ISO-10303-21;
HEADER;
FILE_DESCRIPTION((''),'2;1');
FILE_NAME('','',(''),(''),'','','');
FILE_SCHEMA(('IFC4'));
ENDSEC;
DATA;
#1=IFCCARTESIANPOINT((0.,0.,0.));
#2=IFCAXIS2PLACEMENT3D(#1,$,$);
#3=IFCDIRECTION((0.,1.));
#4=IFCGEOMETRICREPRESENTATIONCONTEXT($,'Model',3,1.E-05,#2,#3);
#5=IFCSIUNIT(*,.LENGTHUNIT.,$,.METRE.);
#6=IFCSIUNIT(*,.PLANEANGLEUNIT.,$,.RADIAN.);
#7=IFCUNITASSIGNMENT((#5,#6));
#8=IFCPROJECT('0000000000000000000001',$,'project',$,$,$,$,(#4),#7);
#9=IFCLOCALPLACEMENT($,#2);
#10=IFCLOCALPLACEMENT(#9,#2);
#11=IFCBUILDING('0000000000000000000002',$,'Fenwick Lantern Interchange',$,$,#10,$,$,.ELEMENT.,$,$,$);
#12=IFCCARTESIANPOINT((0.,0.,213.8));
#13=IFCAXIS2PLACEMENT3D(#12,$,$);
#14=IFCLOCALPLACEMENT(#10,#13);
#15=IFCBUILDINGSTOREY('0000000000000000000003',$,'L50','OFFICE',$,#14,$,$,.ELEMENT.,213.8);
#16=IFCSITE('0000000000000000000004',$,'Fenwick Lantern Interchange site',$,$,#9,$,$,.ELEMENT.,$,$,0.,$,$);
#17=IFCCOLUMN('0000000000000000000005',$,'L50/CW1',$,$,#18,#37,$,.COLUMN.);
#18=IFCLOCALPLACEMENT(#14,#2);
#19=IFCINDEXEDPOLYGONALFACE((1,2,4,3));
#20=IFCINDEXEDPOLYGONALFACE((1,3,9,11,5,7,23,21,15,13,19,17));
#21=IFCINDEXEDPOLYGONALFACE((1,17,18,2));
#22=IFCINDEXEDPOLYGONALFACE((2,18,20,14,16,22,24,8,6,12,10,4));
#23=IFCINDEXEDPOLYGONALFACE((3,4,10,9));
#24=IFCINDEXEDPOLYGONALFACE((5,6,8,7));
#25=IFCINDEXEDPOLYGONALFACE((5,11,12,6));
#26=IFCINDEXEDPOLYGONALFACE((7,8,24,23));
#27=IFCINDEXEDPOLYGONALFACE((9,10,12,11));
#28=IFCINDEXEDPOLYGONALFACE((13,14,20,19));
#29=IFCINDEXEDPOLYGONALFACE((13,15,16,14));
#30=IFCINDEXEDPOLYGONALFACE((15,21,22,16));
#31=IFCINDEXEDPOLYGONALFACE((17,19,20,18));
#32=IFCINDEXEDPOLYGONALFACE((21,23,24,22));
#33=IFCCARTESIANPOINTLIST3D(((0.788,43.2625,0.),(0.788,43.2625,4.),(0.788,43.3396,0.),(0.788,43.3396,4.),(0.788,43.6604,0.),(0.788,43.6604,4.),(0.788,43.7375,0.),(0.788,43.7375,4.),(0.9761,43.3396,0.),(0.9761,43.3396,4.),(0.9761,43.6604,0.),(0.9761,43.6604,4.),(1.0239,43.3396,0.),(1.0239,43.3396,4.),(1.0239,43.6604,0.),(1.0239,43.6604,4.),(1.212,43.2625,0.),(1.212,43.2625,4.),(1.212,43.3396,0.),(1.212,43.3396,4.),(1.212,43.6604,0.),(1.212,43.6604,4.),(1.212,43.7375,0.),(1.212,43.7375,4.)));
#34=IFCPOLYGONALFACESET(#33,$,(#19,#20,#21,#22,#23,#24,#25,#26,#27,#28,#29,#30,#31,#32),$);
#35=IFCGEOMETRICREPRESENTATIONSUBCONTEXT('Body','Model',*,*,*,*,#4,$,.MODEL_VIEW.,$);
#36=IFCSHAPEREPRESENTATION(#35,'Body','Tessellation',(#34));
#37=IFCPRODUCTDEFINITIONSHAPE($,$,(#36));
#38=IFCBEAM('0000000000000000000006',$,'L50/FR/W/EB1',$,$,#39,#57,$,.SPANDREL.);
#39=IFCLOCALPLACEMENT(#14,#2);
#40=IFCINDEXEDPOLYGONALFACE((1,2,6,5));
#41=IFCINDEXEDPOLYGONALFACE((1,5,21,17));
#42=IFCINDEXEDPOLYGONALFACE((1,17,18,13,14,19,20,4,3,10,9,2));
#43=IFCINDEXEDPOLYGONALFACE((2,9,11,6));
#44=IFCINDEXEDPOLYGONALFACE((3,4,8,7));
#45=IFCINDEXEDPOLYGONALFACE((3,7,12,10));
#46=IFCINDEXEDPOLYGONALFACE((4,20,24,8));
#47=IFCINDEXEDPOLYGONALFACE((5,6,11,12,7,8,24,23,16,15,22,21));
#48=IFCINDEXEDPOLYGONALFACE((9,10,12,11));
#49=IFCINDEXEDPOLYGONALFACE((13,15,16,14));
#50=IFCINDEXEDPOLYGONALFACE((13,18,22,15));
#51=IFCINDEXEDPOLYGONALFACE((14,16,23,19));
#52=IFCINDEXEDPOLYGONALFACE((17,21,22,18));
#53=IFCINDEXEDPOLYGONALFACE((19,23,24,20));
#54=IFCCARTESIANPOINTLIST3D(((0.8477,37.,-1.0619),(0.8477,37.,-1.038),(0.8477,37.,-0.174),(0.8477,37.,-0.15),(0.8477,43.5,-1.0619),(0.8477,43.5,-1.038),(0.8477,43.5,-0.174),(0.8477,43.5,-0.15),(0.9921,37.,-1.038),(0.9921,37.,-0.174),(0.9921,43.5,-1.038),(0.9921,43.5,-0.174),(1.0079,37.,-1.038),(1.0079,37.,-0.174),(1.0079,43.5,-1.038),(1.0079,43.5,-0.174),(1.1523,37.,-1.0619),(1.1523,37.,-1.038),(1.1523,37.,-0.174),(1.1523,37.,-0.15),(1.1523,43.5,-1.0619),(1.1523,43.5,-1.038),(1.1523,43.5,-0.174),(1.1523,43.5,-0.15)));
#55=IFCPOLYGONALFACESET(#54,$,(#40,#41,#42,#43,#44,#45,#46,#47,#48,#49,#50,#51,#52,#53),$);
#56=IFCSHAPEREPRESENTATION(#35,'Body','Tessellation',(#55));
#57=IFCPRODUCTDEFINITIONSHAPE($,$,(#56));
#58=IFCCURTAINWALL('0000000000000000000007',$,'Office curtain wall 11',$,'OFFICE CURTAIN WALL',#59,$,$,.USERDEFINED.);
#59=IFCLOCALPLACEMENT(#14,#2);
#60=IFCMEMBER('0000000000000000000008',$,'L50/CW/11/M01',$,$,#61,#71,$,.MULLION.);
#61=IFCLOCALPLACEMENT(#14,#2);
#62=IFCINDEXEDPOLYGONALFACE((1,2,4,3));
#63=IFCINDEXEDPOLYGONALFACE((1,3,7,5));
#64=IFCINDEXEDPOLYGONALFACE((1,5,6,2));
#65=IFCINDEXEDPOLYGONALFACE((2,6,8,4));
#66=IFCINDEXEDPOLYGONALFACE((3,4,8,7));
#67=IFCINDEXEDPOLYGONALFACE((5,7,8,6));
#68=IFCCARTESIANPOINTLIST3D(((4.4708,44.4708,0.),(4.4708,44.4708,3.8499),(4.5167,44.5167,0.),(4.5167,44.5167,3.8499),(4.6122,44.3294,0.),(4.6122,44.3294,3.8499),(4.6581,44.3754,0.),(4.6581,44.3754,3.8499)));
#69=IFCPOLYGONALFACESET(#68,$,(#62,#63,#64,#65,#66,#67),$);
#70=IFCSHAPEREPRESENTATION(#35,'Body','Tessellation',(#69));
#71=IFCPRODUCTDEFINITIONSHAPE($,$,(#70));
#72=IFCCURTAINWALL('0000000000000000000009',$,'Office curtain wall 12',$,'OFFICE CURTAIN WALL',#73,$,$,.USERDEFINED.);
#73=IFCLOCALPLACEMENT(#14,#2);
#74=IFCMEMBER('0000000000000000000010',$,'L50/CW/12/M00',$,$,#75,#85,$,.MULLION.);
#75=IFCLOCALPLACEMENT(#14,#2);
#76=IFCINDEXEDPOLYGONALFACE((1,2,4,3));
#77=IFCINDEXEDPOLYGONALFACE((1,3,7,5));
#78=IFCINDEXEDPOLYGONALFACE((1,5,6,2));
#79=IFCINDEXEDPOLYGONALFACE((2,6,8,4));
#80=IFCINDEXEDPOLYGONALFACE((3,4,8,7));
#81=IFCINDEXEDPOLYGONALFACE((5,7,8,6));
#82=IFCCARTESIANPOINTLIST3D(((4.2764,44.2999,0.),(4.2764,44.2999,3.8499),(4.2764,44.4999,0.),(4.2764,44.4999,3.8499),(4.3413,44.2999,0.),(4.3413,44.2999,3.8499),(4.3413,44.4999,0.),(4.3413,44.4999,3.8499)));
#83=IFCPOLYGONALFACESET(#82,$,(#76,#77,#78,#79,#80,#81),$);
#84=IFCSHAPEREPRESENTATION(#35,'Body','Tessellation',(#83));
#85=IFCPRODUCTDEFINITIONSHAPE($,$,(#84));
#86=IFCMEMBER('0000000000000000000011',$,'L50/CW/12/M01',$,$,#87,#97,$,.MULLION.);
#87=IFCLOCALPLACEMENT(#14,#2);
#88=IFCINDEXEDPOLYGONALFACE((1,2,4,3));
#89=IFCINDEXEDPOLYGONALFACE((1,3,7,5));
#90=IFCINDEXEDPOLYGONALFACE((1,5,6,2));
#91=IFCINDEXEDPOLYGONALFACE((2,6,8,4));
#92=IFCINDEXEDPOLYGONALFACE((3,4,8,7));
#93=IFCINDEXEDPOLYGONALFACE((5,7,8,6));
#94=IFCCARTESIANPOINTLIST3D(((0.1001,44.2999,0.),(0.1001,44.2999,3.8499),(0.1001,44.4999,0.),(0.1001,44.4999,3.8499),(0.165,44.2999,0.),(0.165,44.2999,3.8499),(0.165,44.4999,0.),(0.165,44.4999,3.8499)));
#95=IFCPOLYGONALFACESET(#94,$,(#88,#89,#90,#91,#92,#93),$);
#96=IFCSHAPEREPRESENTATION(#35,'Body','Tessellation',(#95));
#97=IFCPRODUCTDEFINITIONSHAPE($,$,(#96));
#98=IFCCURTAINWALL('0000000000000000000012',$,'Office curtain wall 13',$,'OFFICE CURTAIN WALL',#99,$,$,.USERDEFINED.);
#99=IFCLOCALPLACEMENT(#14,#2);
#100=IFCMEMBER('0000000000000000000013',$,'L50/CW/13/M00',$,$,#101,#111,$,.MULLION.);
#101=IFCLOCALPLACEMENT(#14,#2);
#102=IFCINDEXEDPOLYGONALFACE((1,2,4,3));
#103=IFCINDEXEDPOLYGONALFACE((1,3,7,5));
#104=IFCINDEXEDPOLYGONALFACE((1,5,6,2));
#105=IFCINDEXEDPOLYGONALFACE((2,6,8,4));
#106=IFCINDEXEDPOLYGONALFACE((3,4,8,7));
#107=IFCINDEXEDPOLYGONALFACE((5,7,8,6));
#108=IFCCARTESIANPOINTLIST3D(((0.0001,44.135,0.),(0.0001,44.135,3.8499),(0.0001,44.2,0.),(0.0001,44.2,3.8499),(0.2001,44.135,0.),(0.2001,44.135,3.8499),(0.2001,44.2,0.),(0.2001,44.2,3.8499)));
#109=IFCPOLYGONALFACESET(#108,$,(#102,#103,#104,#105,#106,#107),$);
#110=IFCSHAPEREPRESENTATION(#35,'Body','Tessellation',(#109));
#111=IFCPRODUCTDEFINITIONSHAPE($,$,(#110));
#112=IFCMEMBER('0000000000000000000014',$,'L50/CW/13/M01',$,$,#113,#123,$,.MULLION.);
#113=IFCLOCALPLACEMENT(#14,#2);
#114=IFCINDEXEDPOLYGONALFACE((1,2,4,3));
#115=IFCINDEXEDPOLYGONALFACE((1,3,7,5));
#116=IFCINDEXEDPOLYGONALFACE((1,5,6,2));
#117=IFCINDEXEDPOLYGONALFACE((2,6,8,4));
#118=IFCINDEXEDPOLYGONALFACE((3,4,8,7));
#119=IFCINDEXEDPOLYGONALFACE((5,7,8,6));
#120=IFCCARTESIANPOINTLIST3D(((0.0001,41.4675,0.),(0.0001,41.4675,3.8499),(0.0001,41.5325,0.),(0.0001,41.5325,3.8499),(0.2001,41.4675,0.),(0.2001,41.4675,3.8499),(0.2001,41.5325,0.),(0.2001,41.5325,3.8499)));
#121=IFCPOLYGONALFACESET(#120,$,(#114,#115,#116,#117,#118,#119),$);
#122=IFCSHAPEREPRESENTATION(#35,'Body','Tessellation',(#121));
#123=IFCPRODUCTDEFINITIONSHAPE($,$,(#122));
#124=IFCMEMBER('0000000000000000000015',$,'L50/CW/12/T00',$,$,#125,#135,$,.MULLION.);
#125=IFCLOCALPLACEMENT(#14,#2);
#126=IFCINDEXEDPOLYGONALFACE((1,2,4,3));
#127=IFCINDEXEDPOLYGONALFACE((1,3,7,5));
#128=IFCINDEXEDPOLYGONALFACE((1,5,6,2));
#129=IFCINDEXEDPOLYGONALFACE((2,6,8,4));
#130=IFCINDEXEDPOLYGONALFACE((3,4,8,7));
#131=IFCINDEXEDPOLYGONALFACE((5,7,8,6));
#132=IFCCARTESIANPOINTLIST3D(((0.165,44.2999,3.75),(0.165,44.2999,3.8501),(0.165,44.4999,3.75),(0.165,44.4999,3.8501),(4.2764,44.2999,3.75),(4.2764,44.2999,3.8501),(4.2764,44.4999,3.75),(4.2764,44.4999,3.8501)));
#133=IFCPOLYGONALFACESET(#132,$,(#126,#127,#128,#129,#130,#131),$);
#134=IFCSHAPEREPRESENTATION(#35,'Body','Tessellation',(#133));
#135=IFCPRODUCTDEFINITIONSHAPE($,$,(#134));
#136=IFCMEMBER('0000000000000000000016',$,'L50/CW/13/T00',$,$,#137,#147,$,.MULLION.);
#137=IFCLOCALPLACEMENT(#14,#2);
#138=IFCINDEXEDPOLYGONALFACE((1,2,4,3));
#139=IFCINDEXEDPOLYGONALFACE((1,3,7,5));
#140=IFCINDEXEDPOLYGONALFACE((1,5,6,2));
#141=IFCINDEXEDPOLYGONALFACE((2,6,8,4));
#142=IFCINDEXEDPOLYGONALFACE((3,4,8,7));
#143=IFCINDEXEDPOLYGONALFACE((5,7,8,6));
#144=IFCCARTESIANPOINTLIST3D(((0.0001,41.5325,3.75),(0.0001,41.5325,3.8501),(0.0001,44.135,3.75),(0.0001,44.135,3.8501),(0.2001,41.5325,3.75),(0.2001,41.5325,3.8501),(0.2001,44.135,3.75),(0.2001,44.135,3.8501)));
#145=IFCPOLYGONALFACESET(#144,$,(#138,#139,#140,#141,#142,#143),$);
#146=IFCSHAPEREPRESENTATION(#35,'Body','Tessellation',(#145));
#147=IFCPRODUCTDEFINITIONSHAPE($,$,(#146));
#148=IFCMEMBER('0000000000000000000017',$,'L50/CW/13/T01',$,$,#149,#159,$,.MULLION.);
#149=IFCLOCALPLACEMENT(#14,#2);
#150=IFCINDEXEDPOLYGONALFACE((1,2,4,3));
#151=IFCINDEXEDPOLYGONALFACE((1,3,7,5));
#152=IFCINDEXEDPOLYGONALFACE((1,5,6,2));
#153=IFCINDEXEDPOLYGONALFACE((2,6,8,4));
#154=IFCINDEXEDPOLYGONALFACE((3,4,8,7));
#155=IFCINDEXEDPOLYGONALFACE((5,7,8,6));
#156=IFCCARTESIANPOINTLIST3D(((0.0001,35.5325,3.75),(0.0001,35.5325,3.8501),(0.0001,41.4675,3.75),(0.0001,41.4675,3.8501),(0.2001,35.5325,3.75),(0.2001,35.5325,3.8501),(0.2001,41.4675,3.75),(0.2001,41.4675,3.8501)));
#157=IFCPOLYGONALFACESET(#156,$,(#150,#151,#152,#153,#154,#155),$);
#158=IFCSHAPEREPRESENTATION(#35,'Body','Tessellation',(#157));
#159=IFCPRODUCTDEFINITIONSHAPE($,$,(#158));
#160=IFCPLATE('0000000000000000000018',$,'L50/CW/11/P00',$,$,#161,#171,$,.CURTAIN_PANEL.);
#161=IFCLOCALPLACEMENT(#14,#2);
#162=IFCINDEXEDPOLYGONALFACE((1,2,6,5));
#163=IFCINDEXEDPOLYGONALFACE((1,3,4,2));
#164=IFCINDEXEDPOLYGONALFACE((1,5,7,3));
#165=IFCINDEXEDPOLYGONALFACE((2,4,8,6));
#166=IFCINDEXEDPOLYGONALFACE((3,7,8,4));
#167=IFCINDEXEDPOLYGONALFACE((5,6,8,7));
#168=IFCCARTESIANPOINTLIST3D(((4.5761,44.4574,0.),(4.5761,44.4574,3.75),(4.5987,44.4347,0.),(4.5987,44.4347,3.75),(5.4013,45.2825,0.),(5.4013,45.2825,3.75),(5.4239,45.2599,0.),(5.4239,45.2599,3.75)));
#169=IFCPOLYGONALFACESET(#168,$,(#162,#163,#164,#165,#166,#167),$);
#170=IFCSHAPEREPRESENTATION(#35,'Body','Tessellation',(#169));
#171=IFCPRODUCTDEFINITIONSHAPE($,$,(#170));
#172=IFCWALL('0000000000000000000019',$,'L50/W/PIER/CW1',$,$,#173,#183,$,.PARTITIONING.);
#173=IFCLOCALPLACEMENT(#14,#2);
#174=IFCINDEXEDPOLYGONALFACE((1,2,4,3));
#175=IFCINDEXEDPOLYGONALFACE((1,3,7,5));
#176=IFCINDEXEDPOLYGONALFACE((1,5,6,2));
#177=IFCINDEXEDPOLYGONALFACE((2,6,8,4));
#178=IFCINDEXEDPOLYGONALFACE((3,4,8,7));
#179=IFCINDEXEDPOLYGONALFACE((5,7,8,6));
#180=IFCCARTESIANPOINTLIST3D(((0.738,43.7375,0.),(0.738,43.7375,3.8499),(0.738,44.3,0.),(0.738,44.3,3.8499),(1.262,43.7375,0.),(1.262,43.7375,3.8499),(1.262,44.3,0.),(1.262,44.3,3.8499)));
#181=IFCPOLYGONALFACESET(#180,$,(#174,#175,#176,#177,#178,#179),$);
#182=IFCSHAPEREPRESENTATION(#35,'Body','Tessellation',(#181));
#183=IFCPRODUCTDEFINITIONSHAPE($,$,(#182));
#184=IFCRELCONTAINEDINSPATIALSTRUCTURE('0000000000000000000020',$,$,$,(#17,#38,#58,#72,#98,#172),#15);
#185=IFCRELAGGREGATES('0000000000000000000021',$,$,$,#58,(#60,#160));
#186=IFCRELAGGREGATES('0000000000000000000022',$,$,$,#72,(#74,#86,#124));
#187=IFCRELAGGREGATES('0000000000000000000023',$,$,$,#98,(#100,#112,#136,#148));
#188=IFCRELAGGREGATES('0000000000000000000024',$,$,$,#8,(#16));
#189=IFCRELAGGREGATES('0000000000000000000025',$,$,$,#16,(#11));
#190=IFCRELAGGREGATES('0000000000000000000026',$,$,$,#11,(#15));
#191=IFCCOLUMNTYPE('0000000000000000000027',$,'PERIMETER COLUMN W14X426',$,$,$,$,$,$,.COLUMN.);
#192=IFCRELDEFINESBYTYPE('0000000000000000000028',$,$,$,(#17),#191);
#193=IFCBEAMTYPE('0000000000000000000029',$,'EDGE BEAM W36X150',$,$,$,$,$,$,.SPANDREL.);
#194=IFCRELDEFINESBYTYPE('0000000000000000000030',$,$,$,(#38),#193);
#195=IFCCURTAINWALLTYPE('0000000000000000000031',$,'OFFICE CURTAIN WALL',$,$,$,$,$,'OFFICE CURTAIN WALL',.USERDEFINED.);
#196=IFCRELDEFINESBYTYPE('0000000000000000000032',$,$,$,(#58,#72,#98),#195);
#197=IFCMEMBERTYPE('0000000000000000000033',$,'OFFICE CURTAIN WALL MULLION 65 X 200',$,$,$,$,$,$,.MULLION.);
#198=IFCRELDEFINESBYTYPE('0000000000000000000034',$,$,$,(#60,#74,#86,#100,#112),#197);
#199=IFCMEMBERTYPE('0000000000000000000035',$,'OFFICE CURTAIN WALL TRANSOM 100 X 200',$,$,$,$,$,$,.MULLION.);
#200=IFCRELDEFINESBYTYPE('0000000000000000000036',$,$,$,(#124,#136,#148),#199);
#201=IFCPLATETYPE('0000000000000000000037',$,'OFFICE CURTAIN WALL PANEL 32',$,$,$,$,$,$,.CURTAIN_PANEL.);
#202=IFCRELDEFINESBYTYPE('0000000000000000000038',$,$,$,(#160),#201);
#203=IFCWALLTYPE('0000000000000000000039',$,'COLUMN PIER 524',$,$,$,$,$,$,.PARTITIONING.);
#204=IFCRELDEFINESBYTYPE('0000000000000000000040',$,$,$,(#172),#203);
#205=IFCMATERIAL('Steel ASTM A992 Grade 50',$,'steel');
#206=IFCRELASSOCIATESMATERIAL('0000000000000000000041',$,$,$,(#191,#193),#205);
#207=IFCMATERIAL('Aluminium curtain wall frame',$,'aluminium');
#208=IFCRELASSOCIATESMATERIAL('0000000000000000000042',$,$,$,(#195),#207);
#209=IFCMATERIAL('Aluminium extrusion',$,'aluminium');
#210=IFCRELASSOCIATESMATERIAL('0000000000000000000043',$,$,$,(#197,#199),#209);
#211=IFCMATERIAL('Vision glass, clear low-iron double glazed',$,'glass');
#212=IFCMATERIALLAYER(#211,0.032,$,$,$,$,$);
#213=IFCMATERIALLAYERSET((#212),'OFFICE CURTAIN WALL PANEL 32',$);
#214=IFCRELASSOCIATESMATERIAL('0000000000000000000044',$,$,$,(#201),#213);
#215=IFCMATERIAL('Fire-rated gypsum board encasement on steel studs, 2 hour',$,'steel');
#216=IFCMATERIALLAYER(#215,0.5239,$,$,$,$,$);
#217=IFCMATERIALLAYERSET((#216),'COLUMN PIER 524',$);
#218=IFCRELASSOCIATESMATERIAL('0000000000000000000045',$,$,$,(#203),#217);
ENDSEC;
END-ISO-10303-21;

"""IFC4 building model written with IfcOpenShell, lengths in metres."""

from ifc_helpers import new_model, si_unit, direction, frame, frame_2d, origin, origin_2d, place, context, subcontext, project, spatial, rectangle, i_section, extrude, material, layer, layer_set, material_profile, profile_set, type_object, element, aggregate, save


model = new_model("IFC4")

# Units and contexts
model_context = context("Model", 3, precision=1e-05, world=origin(), true_north=direction((0.0, 1.0)))
body_context = subcontext(model_context, "Body", "Model", "MODEL_VIEW")
ifc_project = project(units=[si_unit("LENGTHUNIT", "METRE"), si_unit("PLANEANGLEUNIT", "RADIAN")], contexts=[model_context])

# Site, building, storey
site_placement = place(None, origin())
site = spatial("IfcSite", under=ifc_project, at=site_placement, Name="Fenwick Lantern Interchange site", CompositionType="ELEMENT", RefElevation=0.0)
building_placement = place(site_placement, origin())
building = spatial("IfcBuilding", under=site, at=building_placement, Name="Fenwick Lantern Interchange", CompositionType="ELEMENT")
storey_placement = place(building_placement, frame((0.0, 0.0, 213.8)))
storey = spatial("IfcBuildingStorey", under=building, at=storey_placement, Name="L50", Description="OFFICE", CompositionType="ELEMENT", Elevation=213.8)

# Column
ifc_material_1 = material(Name="Steel ASTM A992 Grade 50", Category="steel")
ifc_material_profile_1 = material_profile(ifc_material_1, i_section(OverallWidth=0.4241, OverallDepth=0.4751, WebThickness=0.0479, FlangeThickness=0.0771, at=origin_2d()), Name="W14X426")
ifc_profile_set_1 = profile_set([ifc_material_profile_1], Name="Steel ASTM A992 Grade 50")
column_type = type_object("IfcColumnType", Name="PERIMETER COLUMN W14X426", PredefinedType="COLUMN", material=ifc_profile_set_1)
column_placement = place(storey_placement, frame((1.0, 43.5, 0.0), z_axis=(0.0, 0.0, 1.0), x_axis=(1.0, 0.0, 0.0)))
element("IfcColumn", 1, at=column_placement, inside=storey, type_object=column_type, Name="L50/CW1", PredefinedType="COLUMN", context=body_context, shape_type="SweptSolid", body=[
    extrude(i_section(OverallWidth=0.4241, OverallDepth=0.4751, WebThickness=0.0479, FlangeThickness=0.0771, at=origin_2d()), origin(), (0.0, 0.0, 1.0), 4.0),
])

# Beam
ifc_material_profile_2 = material_profile(ifc_material_1, i_section(OverallWidth=0.3047, OverallDepth=0.9119, WebThickness=0.0159, FlangeThickness=0.0239, at=origin_2d()), Name="W36X150")
ifc_profile_set_2 = profile_set([ifc_material_profile_2], Name="Steel ASTM A992 Grade 50")
beam_type = type_object("IfcBeamType", Name="EDGE BEAM W36X150", PredefinedType="SPANDREL", material=ifc_profile_set_2)
beam_placement = place(storey_placement, frame((1.0, 43.5, -0.606), z_axis=(0.0, -1.0, 0.0), x_axis=(1.0, 0.0, 0.0)))
element("IfcBeam", 2, at=beam_placement, inside=storey, type_object=beam_type, Name="L50/FR/W/EB1", PredefinedType="SPANDREL", context=body_context, shape_type="SweptSolid", body=[
    extrude(i_section(OverallWidth=0.3047, OverallDepth=0.9119, WebThickness=0.0159, FlangeThickness=0.0239, at=origin_2d()), origin(), (0.0, 0.0, 1.0), 6.5),
])

# Curtain wall, member
ifc_material_2 = material(Name="Aluminium curtain wall frame", Category="aluminium")
curtain_wall_type = type_object("IfcCurtainWallType", Name="OFFICE CURTAIN WALL", ElementType="OFFICE CURTAIN WALL", PredefinedType="USERDEFINED", material=ifc_material_2)
curtain_wall_1_placement = place(storey_placement, origin())
curtain_wall_1 = element("IfcCurtainWall", 3, at=curtain_wall_1_placement, inside=storey, type_object=curtain_wall_type, Name="Office curtain wall 11", ObjectType="OFFICE CURTAIN WALL", PredefinedType="USERDEFINED")
ifc_material_3 = material(Name="Aluminium extrusion", Category="aluminium")
ifc_material_profile_3 = material_profile(ifc_material_3, rectangle(XDim=0.2, YDim=0.0649, at=origin_2d()), Name="OFFICE CURTAIN WALL MULLION 65 X 200")
ifc_profile_set_3 = profile_set([ifc_material_profile_3], Name="Aluminium extrusion")
member_type_1 = type_object("IfcMemberType", Name="OFFICE CURTAIN WALL MULLION 65 X 200", PredefinedType="MULLION", material=ifc_profile_set_3)
member_1_placement = place(storey_placement, frame((4.5645, 44.4231, 0.0), z_axis=(0.0, 0.0, 1.0), x_axis=(0.707107, -0.707107, 0.0)))
member_1 = element("IfcMember", 4, at=member_1_placement, type_object=member_type_1, Name="L50/CW/11/M01", PredefinedType="MULLION", context=body_context, shape_type="SweptSolid", body=[
    extrude(rectangle(XDim=0.2, YDim=0.0649, at=origin_2d()), origin(), (0.0, 0.0, 1.0), 3.8499),
])

# Curtain walls, members
curtain_wall_2_placement = place(storey_placement, origin())
curtain_wall_2 = element("IfcCurtainWall", 5, at=curtain_wall_2_placement, inside=storey, type_object=curtain_wall_type, Name="Office curtain wall 12", ObjectType="OFFICE CURTAIN WALL", PredefinedType="USERDEFINED")
member_2_placement = place(storey_placement, frame((4.3088, 44.3999, 0.0), z_axis=(0.0, 0.0, 1.0), x_axis=(0.0, -1.0, 0.0)))
member_2 = element("IfcMember", 6, at=member_2_placement, type_object=member_type_1, Name="L50/CW/12/M00", PredefinedType="MULLION", context=body_context, shape_type="SweptSolid", body=[
    extrude(rectangle(XDim=0.2, YDim=0.0649, at=origin_2d()), origin(), (0.0, 0.0, 1.0), 3.8499),
])
member_3_placement = place(storey_placement, frame((0.1326, 44.3999, 0.0), z_axis=(0.0, 0.0, 1.0), x_axis=(0.0, -1.0, 0.0)))
member_3 = element("IfcMember", 7, at=member_3_placement, type_object=member_type_1, Name="L50/CW/12/M01", PredefinedType="MULLION", context=body_context, shape_type="SweptSolid", body=[
    extrude(rectangle(XDim=0.2, YDim=0.0649, at=origin_2d()), origin(), (0.0, 0.0, 1.0), 3.8499),
])
curtain_wall_3_placement = place(storey_placement, origin())
curtain_wall_3 = element("IfcCurtainWall", 8, at=curtain_wall_3_placement, inside=storey, type_object=curtain_wall_type, Name="Office curtain wall 13", ObjectType="OFFICE CURTAIN WALL", PredefinedType="USERDEFINED")
member_4_placement = place(storey_placement, frame((0.1001, 44.1675, 0.0), z_axis=(0.0, 0.0, 1.0), x_axis=(1.0, 0.0, 0.0)))
member_4 = element("IfcMember", 9, at=member_4_placement, type_object=member_type_1, Name="L50/CW/13/M00", PredefinedType="MULLION", context=body_context, shape_type="SweptSolid", body=[
    extrude(rectangle(XDim=0.2, YDim=0.0649, at=origin_2d()), origin(), (0.0, 0.0, 1.0), 3.8499),
])
member_5_placement = place(storey_placement, frame((0.1001, 41.5, 0.0), z_axis=(0.0, 0.0, 1.0), x_axis=(1.0, 0.0, 0.0)))
member_5 = element("IfcMember", 10, at=member_5_placement, type_object=member_type_1, Name="L50/CW/13/M01", PredefinedType="MULLION", context=body_context, shape_type="SweptSolid", body=[
    extrude(rectangle(XDim=0.2, YDim=0.0649, at=origin_2d()), origin(), (0.0, 0.0, 1.0), 3.8499),
])

# Members
ifc_material_profile_4 = material_profile(ifc_material_3, rectangle(XDim=0.2, YDim=0.1001, at=origin_2d()), Name="OFFICE CURTAIN WALL TRANSOM 100 X 200")
ifc_profile_set_4 = profile_set([ifc_material_profile_4], Name="Aluminium extrusion")
member_type_2 = type_object("IfcMemberType", Name="OFFICE CURTAIN WALL TRANSOM 100 X 200", PredefinedType="MULLION", material=ifc_profile_set_4)
member_6_placement = place(storey_placement, frame((4.2764, 44.3999, 3.8), z_axis=(-1.0, 0.0, 0.0), x_axis=(0.0, -1.0, 0.0)))
member_6 = element("IfcMember", 11, at=member_6_placement, type_object=member_type_2, Name="L50/CW/12/T00", PredefinedType="MULLION", context=body_context, shape_type="SweptSolid", body=[
    extrude(rectangle(XDim=0.2, YDim=0.1001, at=origin_2d()), origin(), (0.0, 0.0, 1.0), 4.1113),
])
member_7_placement = place(storey_placement, frame((0.1001, 44.135, 3.8), z_axis=(0.0, -1.0, 0.0), x_axis=(1.0, 0.0, 0.0)))
member_7 = element("IfcMember", 12, at=member_7_placement, type_object=member_type_2, Name="L50/CW/13/T00", PredefinedType="MULLION", context=body_context, shape_type="SweptSolid", body=[
    extrude(rectangle(XDim=0.2, YDim=0.1001, at=origin_2d()), origin(), (0.0, 0.0, 1.0), 2.6025),
])
member_8_placement = place(storey_placement, frame((0.1001, 41.4675, 3.8), z_axis=(0.0, -1.0, 0.0), x_axis=(1.0, 0.0, 0.0)))
member_8 = element("IfcMember", 13, at=member_8_placement, type_object=member_type_2, Name="L50/CW/13/T01", PredefinedType="MULLION", context=body_context, shape_type="SweptSolid", body=[
    extrude(rectangle(XDim=0.2, YDim=0.1001, at=origin_2d()), origin(), (0.0, 0.0, 1.0), 5.9351),
])

# Plate
ifc_material_4 = material(Name="Vision glass, clear low-iron double glazed", Category="glass")
ifc_layer_1 = layer(ifc_material_4, 0.032)
ifc_layer_set_1 = layer_set([ifc_layer_1], Name="OFFICE CURTAIN WALL PANEL 32")
plate_type = type_object("IfcPlateType", Name="OFFICE CURTAIN WALL PANEL 32", PredefinedType="CURTAIN_PANEL", material=ifc_layer_set_1)
plate_1_placement = place(storey_placement, frame((5.0, 44.8586, 0.0), z_axis=(0.0, 0.0, 1.0), x_axis=(-0.707107, -0.707107, 0.0)))
plate_1 = element("IfcPlate", 14, at=plate_1_placement, type_object=plate_type, Name="L50/CW/11/P00", PredefinedType="CURTAIN_PANEL", context=body_context, shape_type="SweptSolid", body=[
    extrude(rectangle(XDim=1.167, YDim=0.032, at=origin_2d()), origin(), (0.0, 0.0, 1.0), 3.75),
])
aggregate(curtain_wall_1, [member_1, plate_1])
aggregate(curtain_wall_2, [member_2, member_3, member_6])
aggregate(curtain_wall_3, [member_4, member_5, member_7, member_8])

# Wall
ifc_material_5 = material(Name="Fire-rated gypsum board encasement on steel studs, 2 hour", Category="steel")
ifc_layer_2 = layer(ifc_material_5, 0.5239)
ifc_layer_set_2 = layer_set([ifc_layer_2], Name="COLUMN PIER 524")
wall_type_1 = type_object("IfcWallType", Name="COLUMN PIER 524", PredefinedType="PARTITIONING", material=ifc_layer_set_2)
wall_1_placement = place(storey_placement, frame((1.0, 44.3, 0.0), z_axis=(0.0, 0.0, 1.0), x_axis=(0.0, -1.0, 0.0)))
element("IfcWall", 15, at=wall_1_placement, inside=storey, type_object=wall_type_1, Name="L50/W/PIER/CW1", PredefinedType="PARTITIONING", context=body_context, shape_type="SweptSolid", body=[
    extrude(rectangle(XDim=0.5625, YDim=0.5239, at=frame_2d((0.2812, 0.0))), origin(), (0.0, 0.0, 1.0), 3.8499),
])

save(model, "model.ifc")
